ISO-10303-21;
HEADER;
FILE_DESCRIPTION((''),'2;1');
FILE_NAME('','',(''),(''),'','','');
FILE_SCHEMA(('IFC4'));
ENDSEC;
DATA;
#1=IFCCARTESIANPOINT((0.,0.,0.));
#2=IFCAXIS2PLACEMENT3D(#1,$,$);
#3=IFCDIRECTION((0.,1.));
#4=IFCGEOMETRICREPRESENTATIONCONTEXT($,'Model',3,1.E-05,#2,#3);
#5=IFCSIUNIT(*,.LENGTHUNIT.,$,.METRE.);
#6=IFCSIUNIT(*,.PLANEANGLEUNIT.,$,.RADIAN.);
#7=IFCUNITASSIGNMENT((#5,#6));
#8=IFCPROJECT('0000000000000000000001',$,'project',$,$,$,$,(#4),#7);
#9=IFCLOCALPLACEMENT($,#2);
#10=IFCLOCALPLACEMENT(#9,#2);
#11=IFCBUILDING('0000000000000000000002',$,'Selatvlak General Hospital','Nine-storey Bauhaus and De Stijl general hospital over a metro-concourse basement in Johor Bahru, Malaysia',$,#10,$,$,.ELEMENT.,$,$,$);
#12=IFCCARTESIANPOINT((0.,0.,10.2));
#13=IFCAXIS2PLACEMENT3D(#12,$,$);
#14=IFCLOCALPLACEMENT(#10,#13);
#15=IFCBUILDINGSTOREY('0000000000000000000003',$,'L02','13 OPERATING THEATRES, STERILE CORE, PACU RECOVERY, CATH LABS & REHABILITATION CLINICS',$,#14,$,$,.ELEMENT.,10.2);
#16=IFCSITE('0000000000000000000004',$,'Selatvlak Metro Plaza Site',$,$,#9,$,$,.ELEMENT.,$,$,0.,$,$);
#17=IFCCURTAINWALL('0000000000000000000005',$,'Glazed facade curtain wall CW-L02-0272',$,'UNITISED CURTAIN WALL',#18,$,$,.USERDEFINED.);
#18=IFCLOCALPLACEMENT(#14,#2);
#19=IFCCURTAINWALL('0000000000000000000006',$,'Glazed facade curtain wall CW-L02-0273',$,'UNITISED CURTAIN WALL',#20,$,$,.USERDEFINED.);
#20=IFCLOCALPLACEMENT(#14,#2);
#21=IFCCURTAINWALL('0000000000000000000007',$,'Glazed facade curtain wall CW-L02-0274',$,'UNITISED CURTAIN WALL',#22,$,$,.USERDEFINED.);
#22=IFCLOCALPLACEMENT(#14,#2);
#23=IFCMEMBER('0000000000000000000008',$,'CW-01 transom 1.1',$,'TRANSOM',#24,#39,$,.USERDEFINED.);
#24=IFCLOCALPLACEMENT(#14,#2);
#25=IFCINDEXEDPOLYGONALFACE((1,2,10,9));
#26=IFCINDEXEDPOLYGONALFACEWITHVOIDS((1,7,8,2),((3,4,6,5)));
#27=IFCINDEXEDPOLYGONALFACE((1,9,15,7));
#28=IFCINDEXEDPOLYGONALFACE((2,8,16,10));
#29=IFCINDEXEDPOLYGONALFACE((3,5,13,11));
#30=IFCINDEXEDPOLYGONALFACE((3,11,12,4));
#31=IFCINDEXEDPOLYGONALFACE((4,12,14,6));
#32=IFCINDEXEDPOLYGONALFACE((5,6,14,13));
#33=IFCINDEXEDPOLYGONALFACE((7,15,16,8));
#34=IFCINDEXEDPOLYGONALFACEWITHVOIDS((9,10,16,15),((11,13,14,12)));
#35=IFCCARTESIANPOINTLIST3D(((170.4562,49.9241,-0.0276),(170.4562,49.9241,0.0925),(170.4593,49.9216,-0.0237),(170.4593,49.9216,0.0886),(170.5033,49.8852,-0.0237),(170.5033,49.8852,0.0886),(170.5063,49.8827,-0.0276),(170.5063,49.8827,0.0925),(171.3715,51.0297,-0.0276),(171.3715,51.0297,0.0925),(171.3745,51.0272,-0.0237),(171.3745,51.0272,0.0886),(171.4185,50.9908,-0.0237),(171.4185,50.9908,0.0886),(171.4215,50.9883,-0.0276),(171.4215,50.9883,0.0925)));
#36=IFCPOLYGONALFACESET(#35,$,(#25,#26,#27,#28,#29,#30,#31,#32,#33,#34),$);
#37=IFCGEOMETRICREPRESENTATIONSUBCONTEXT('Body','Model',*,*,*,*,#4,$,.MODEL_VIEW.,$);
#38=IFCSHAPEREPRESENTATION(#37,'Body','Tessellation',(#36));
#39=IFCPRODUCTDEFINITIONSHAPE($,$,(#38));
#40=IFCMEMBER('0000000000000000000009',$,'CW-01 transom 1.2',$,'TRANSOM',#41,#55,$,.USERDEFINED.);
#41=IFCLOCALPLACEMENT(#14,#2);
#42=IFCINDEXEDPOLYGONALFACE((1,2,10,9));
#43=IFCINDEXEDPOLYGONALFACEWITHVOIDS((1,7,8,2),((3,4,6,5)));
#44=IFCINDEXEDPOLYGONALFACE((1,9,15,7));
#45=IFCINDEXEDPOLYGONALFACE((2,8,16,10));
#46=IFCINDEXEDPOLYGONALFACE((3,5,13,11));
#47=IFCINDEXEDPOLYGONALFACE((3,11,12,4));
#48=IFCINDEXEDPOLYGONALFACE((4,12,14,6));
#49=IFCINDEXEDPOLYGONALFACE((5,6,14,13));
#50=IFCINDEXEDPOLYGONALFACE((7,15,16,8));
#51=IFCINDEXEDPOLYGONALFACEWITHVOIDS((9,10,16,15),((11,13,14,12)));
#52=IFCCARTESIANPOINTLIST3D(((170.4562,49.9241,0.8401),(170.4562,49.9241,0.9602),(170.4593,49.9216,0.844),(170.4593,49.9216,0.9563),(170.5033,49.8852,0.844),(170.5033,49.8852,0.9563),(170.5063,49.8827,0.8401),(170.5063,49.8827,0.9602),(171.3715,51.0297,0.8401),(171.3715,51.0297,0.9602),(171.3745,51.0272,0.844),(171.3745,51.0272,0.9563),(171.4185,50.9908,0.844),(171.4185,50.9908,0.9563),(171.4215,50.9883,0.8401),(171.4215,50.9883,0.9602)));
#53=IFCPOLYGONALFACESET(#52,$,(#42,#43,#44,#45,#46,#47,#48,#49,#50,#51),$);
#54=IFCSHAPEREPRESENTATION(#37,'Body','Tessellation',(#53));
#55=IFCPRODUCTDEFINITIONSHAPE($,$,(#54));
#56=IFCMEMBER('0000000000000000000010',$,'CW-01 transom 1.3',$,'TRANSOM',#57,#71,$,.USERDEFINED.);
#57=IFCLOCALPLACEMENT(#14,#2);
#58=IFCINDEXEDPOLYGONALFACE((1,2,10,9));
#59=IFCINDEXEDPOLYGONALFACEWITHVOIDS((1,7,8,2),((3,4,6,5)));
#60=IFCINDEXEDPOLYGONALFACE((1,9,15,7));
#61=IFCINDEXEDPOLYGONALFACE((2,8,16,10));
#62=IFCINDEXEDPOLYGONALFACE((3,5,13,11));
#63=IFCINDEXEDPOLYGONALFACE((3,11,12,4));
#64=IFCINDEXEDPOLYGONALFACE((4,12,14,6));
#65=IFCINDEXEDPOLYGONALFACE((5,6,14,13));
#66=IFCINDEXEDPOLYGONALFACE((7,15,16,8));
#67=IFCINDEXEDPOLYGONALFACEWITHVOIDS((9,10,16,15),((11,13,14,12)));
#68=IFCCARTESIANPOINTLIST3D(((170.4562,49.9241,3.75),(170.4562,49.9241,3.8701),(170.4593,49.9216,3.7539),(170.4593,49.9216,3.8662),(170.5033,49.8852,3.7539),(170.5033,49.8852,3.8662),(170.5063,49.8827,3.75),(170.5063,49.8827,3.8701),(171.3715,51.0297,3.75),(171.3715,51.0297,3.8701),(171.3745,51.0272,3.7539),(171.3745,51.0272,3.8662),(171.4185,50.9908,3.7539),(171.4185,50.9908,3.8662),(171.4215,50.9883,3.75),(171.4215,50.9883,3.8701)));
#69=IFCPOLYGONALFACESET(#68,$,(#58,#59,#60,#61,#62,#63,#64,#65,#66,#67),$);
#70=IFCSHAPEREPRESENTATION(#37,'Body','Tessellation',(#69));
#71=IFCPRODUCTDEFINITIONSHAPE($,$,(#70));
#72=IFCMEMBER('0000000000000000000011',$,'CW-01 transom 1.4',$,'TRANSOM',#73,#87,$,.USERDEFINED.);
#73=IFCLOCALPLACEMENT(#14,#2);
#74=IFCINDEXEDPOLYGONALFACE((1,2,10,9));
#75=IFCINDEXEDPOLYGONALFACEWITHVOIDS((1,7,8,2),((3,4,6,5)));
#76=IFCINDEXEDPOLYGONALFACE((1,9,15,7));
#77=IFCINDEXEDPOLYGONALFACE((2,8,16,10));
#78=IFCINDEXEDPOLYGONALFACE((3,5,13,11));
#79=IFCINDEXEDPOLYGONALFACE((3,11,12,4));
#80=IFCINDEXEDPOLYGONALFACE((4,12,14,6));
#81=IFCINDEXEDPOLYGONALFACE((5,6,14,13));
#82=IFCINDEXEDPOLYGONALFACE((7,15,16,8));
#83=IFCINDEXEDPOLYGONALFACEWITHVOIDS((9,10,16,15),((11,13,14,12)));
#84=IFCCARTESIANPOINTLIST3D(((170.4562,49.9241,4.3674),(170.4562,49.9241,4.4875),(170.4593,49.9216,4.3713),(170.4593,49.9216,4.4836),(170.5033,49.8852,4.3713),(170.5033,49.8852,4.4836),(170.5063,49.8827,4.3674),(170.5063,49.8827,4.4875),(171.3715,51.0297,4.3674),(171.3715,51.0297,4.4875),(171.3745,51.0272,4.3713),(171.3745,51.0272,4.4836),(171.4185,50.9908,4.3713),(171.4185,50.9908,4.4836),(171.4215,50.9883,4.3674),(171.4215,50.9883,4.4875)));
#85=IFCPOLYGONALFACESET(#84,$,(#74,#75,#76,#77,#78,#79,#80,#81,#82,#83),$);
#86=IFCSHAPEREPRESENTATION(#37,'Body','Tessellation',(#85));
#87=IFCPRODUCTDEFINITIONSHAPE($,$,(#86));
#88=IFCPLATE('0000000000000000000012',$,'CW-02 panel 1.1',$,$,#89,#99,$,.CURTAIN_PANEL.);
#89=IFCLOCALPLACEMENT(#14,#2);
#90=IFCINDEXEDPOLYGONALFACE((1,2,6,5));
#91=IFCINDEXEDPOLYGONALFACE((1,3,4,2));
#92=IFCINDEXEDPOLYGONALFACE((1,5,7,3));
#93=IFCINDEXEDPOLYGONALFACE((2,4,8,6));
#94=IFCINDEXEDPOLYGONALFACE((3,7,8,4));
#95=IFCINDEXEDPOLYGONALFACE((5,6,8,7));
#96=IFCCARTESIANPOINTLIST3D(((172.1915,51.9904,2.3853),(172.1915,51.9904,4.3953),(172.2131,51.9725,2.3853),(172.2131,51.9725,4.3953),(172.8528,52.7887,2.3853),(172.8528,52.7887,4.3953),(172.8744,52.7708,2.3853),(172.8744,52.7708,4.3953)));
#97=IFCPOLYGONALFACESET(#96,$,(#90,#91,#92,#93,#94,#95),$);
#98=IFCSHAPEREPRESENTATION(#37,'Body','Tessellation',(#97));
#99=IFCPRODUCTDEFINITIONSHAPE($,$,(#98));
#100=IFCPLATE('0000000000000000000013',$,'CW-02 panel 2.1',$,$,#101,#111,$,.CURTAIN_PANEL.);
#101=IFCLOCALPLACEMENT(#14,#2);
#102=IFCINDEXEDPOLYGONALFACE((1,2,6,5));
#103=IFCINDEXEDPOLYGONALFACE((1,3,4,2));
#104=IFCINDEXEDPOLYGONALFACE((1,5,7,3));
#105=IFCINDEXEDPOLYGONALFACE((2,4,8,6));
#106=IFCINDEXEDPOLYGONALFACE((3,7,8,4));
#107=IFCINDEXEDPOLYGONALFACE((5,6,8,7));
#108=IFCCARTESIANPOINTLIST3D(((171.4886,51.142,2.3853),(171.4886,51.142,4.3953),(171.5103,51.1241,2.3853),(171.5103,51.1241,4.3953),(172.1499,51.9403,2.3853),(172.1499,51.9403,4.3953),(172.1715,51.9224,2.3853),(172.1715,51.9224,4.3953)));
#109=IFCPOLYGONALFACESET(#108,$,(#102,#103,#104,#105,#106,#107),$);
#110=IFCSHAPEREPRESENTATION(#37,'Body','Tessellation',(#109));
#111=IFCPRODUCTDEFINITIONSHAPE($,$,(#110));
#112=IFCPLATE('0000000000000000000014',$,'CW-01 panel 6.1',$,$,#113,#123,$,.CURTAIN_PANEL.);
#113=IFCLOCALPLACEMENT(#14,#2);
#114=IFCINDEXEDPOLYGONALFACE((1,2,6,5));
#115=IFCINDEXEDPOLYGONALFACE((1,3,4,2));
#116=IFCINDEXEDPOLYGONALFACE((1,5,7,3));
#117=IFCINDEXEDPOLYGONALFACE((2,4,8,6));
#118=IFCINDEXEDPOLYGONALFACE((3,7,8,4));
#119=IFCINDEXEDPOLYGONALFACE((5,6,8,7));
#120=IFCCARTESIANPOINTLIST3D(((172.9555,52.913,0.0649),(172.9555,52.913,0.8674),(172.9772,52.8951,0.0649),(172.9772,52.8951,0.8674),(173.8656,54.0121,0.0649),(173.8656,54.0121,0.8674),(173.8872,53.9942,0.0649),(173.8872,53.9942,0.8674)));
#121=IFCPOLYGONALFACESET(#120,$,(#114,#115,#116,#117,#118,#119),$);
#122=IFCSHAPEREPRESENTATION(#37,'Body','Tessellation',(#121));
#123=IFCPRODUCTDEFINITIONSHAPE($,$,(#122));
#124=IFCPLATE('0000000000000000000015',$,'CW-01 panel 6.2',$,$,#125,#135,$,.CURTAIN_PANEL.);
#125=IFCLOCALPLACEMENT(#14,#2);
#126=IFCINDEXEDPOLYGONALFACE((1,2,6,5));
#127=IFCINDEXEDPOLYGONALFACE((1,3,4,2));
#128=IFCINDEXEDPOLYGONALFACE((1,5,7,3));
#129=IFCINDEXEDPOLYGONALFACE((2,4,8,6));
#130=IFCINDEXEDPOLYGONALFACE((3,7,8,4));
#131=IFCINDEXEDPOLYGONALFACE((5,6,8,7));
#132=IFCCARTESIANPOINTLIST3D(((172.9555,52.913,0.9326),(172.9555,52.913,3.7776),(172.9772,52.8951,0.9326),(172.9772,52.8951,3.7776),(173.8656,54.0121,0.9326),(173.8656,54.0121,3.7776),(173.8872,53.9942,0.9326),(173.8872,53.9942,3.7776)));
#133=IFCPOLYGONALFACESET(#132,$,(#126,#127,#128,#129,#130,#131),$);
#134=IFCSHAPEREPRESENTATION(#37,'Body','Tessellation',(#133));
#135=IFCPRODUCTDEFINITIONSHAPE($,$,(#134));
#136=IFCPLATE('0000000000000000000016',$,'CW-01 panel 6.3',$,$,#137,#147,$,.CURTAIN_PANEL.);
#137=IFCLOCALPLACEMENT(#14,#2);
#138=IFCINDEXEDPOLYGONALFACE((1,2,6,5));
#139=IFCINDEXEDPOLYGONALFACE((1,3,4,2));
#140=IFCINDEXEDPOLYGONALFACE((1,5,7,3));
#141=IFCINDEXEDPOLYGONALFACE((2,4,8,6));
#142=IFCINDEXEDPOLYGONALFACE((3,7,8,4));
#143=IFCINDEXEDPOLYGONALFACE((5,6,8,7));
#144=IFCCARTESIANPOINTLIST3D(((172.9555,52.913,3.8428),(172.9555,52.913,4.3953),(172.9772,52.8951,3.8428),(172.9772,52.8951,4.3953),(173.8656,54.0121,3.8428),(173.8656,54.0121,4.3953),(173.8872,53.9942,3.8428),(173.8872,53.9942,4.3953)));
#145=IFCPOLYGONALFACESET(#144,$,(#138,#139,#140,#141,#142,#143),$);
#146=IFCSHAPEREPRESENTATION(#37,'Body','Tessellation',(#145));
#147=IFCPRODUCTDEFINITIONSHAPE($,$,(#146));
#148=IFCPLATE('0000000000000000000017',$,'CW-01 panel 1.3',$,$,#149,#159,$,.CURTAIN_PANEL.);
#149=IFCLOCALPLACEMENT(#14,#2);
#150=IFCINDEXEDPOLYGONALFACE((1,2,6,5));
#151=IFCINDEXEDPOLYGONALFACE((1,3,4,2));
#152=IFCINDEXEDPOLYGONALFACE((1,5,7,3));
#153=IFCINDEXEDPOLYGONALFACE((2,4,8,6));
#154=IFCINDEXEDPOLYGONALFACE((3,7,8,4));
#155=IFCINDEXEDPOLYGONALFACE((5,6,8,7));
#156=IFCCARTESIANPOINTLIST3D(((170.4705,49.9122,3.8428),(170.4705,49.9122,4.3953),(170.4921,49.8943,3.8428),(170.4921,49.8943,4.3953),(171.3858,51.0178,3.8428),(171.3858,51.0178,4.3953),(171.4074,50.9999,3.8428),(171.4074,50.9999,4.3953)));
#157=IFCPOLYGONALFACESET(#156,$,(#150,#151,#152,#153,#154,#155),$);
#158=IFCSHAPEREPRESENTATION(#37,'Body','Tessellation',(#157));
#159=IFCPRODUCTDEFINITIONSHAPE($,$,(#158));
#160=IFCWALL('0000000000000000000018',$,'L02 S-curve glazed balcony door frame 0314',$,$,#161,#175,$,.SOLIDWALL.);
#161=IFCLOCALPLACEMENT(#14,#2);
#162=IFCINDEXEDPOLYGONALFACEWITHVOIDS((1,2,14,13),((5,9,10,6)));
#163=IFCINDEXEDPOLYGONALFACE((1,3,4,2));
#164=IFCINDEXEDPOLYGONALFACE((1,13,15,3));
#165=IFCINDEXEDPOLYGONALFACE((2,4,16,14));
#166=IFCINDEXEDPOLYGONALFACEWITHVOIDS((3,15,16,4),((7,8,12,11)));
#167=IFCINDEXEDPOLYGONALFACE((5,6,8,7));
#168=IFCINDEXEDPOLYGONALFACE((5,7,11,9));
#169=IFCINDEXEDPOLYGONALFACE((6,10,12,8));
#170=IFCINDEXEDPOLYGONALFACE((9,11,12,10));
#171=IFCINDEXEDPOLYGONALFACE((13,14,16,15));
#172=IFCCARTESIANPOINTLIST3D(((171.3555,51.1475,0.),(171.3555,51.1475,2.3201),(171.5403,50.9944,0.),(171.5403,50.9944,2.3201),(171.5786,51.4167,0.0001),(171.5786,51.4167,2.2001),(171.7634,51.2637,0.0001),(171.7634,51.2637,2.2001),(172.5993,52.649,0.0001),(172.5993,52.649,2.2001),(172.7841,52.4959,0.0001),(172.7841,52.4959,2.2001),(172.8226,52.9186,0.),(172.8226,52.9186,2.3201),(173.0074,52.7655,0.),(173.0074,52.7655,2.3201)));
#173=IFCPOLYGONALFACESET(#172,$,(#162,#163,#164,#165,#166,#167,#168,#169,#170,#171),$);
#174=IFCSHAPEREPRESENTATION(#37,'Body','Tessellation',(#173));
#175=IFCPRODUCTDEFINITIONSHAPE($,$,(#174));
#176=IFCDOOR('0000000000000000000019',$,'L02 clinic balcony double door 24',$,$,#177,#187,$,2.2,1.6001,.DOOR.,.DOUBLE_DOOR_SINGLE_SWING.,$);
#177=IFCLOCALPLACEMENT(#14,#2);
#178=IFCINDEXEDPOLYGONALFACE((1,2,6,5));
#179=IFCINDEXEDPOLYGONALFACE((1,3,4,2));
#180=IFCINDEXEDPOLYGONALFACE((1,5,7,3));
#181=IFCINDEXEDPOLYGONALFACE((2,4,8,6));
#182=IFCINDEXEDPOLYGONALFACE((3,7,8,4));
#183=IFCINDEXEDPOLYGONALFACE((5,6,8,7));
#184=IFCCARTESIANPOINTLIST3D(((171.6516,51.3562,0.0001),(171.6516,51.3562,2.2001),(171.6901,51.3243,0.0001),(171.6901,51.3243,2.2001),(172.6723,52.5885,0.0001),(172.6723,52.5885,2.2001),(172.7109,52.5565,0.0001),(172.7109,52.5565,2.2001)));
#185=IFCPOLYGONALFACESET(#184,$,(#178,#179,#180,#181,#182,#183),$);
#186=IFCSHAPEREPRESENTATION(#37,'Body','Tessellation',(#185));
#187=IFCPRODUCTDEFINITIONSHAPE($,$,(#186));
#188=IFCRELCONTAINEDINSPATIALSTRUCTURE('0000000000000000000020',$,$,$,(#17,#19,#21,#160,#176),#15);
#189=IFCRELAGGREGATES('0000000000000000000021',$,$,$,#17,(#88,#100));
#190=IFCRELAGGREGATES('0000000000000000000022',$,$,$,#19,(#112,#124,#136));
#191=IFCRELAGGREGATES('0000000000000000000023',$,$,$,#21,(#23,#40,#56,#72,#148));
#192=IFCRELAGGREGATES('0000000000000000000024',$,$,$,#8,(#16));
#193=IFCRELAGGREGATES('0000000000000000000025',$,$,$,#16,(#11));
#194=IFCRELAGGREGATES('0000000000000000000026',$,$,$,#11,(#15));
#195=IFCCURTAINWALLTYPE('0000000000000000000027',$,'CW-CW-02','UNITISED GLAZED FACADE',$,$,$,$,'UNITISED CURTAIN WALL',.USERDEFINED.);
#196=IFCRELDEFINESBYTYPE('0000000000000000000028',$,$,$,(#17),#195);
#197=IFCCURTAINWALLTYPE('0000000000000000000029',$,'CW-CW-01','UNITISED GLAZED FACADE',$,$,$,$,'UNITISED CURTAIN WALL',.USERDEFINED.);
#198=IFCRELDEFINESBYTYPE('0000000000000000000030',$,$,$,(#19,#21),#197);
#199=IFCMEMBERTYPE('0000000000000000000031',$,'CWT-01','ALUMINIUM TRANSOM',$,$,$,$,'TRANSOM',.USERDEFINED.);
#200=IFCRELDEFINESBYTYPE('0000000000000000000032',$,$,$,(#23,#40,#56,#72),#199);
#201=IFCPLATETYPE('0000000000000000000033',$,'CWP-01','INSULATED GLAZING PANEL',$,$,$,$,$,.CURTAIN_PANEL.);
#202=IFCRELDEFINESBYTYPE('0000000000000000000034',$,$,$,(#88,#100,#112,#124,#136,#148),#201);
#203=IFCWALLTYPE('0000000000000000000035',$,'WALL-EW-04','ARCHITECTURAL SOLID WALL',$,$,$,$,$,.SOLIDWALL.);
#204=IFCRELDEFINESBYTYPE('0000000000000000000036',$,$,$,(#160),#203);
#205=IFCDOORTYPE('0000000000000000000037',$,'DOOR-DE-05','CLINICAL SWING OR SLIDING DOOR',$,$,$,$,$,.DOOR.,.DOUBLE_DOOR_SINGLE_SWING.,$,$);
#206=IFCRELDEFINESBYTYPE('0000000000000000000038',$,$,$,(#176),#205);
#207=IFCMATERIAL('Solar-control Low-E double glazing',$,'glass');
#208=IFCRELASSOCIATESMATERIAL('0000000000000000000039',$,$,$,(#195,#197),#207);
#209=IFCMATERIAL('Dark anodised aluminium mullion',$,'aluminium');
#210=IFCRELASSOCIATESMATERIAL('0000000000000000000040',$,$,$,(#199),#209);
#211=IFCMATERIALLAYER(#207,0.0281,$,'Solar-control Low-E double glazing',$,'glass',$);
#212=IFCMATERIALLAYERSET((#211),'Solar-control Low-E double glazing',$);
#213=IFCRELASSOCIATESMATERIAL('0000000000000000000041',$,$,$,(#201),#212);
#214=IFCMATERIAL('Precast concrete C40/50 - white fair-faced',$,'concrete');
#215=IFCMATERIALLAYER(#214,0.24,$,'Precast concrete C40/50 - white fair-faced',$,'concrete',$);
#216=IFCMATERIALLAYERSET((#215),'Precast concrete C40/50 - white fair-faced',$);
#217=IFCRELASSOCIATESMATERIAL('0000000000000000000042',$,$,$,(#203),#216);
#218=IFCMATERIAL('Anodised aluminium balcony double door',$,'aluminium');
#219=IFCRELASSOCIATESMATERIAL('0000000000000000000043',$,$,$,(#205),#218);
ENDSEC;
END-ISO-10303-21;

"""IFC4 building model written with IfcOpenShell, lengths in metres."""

from ifc_helpers import new_model, si_unit, direction, frame, frame_2d, origin, origin_2d, place, context, subcontext, project, spatial, rectangle, hollow_rectangle, extrude, material, layer, layer_set, material_profile, profile_set, type_object, element, fill, aggregate, save


model = new_model("IFC4")

# Units and contexts
model_context = context("Model", 3, precision=1e-05, world=origin(), true_north=direction((0.0, 1.0)))
body_context = subcontext(model_context, "Body", "Model", "MODEL_VIEW")
ifc_project = project(units=[si_unit("LENGTHUNIT", "METRE"), si_unit("PLANEANGLEUNIT", "RADIAN")], contexts=[model_context])

# Site, building, storey
site_placement = place(None, origin())
site = spatial("IfcSite", under=ifc_project, at=site_placement, Name="Selatvlak Metro Plaza Site", CompositionType="ELEMENT", RefElevation=0.0)
building_placement = place(site_placement, origin())
building = spatial("IfcBuilding", under=site, at=building_placement, Name="Selatvlak General Hospital", Description="Nine-storey Bauhaus and De Stijl general hospital over a metro-concourse basement in Johor Bahru, Malaysia", CompositionType="ELEMENT")
storey_placement = place(building_placement, frame((0.0, 0.0, 10.2)))
storey = spatial("IfcBuildingStorey", under=building, at=storey_placement, Name="L02", Description="13 OPERATING THEATRES, STERILE CORE, PACU RECOVERY, CATH LABS & REHABILITATION CLINICS", CompositionType="ELEMENT", Elevation=10.2)

# Curtain wall
ifc_material_1 = material(Name="Solar-control Low-E double glazing", Category="glass")
curtain_wall_type_1 = type_object("IfcCurtainWallType", Name="CW-CW-02", Description="UNITISED GLAZED FACADE", ElementType="UNITISED CURTAIN WALL", PredefinedType="USERDEFINED", material=ifc_material_1)
curtain_wall_1_placement = place(storey_placement, origin())
curtain_wall_1 = element("IfcCurtainWall", 1, at=curtain_wall_1_placement, inside=storey, type_object=curtain_wall_type_1, Name="Glazed facade curtain wall CW-L02-0272", ObjectType="UNITISED CURTAIN WALL", PredefinedType="USERDEFINED")
ifc_material_2 = material(Name="Dark anodised aluminium mullion", Category="aluminium")

# Curtain walls
curtain_wall_type_2 = type_object("IfcCurtainWallType", Name="CW-CW-01", Description="UNITISED GLAZED FACADE", ElementType="UNITISED CURTAIN WALL", PredefinedType="USERDEFINED", material=ifc_material_1)
curtain_wall_2_placement = place(storey_placement, origin())
curtain_wall_2 = element("IfcCurtainWall", 2, at=curtain_wall_2_placement, inside=storey, type_object=curtain_wall_type_2, Name="Glazed facade curtain wall CW-L02-0273", ObjectType="UNITISED CURTAIN WALL", PredefinedType="USERDEFINED")
curtain_wall_3_placement = place(storey_placement, origin())
curtain_wall_3 = element("IfcCurtainWall", 3, at=curtain_wall_3_placement, inside=storey, type_object=curtain_wall_type_2, Name="Glazed facade curtain wall CW-L02-0274", ObjectType="UNITISED CURTAIN WALL", PredefinedType="USERDEFINED")

# Members
ifc_material_profile_1 = material_profile(ifc_material_2, hollow_rectangle(XDim=0.0649, YDim=0.1201, WallThickness=0.0039, at=origin_2d()), Name="AL-TRN 65x120x4")
ifc_profile_set_1 = profile_set([ifc_material_profile_1], Name="Dark anodised aluminium mullion")
member_type_1 = type_object("IfcMemberType", Name="CWT-01", Description="ALUMINIUM TRANSOM", ElementType="TRANSOM", PredefinedType="USERDEFINED", material=ifc_profile_set_1)
member_1_placement = place(storey_placement, frame((171.3965, 51.009, 0.0325), z_axis=(-0.637655, -0.770322, 0.0), x_axis=(0.770322, -0.637655, 0.0)))
member_1 = element("IfcMember", 4, at=member_1_placement, type_object=member_type_1, Name="CW-01 transom 1.1", ObjectType="TRANSOM", PredefinedType="USERDEFINED", context=body_context, shape_type="SweptSolid", body=[
    extrude(hollow_rectangle(XDim=0.0649, YDim=0.1201, WallThickness=0.0039, at=origin_2d()), origin(), (0.0, 0.0, 1.0), 1.4353),
])
member_2_placement = place(storey_placement, frame((171.3965, 51.009, 0.9001), z_axis=(-0.637655, -0.770322, 0.0), x_axis=(0.770322, -0.637655, 0.0)))
member_2 = element("IfcMember", 5, at=member_2_placement, type_object=member_type_1, Name="CW-01 transom 1.2", ObjectType="TRANSOM", PredefinedType="USERDEFINED", context=body_context, shape_type="SweptSolid", body=[
    extrude(hollow_rectangle(XDim=0.0649, YDim=0.1201, WallThickness=0.0039, at=origin_2d()), origin(), (0.0, 0.0, 1.0), 1.4353),
])
member_3_placement = place(storey_placement, frame((171.3965, 51.009, 3.8101), z_axis=(-0.637655, -0.770322, 0.0), x_axis=(0.770322, -0.637655, 0.0)))
member_3 = element("IfcMember", 6, at=member_3_placement, type_object=member_type_1, Name="CW-01 transom 1.3", ObjectType="TRANSOM", PredefinedType="USERDEFINED", context=body_context, shape_type="SweptSolid", body=[
    extrude(hollow_rectangle(XDim=0.0649, YDim=0.1201, WallThickness=0.0039, at=origin_2d()), origin(), (0.0, 0.0, 1.0), 1.4353),
])
member_4_placement = place(storey_placement, frame((171.3965, 51.009, 4.4275), z_axis=(-0.637655, -0.770322, 0.0), x_axis=(0.770322, -0.637655, 0.0)))
member_4 = element("IfcMember", 7, at=member_4_placement, type_object=member_type_1, Name="CW-01 transom 1.4", ObjectType="TRANSOM", PredefinedType="USERDEFINED", context=body_context, shape_type="SweptSolid", body=[
    extrude(hollow_rectangle(XDim=0.0649, YDim=0.1201, WallThickness=0.0039, at=origin_2d()), origin(), (0.0, 0.0, 1.0), 1.4353),
])

# Plates
ifc_layer_1 = layer(ifc_material_1, 0.0281, Name="Solar-control Low-E double glazing", Category="glass")
ifc_layer_set_1 = layer_set([ifc_layer_1], Name="Solar-control Low-E double glazing")
plate_type = type_object("IfcPlateType", Name="CWP-01", Description="INSULATED GLAZING PANEL", PredefinedType="CURTAIN_PANEL", material=ifc_layer_set_1)
plate_1_placement = place(storey_placement, frame((172.533, 52.3806, 2.3853), z_axis=(0.0, 0.0, 1.0), x_axis=(-0.637883, -0.770133, 0.0)))
plate_1 = element("IfcPlate", 8, at=plate_1_placement, type_object=plate_type, Name="CW-02 panel 1.1", PredefinedType="CURTAIN_PANEL", context=body_context, shape_type="SweptSolid", body=[
    extrude(rectangle(XDim=1.0366, YDim=0.0281, at=origin_2d()), origin(), (0.0, 0.0, 1.0), 2.01),
])
plate_2_placement = place(storey_placement, frame((171.8301, 51.5322, 2.3853), z_axis=(0.0, 0.0, 1.0), x_axis=(-0.637883, -0.770133, 0.0)))
plate_2 = element("IfcPlate", 9, at=plate_2_placement, type_object=plate_type, Name="CW-02 panel 2.1", PredefinedType="CURTAIN_PANEL", context=body_context, shape_type="SweptSolid", body=[
    extrude(rectangle(XDim=1.0366, YDim=0.0281, at=origin_2d()), origin(), (0.0, 0.0, 1.0), 2.01),
])
aggregate(curtain_wall_1, [plate_1, plate_2])
plate_3_placement = place(storey_placement, frame((173.4214, 53.4536, 0.0649), z_axis=(0.0, 0.0, 1.0), x_axis=(-0.63774, -0.770252, 0.0)))
plate_3 = element("IfcPlate", 10, at=plate_3_placement, type_object=plate_type, Name="CW-01 panel 6.1", PredefinedType="CURTAIN_PANEL", context=body_context, shape_type="SweptSolid", body=[
    extrude(rectangle(XDim=1.427, YDim=0.0281, at=origin_2d()), origin(), (0.0, 0.0, 1.0), 0.8025),
])
plate_4_placement = place(storey_placement, frame((173.4214, 53.4536, 0.9326), z_axis=(0.0, 0.0, 1.0), x_axis=(-0.63774, -0.770252, 0.0)))
plate_4 = element("IfcPlate", 11, at=plate_4_placement, type_object=plate_type, Name="CW-01 panel 6.2", PredefinedType="CURTAIN_PANEL", context=body_context, shape_type="SweptSolid", body=[
    extrude(rectangle(XDim=1.427, YDim=0.0281, at=origin_2d()), origin(), (0.0, 0.0, 1.0), 2.845),
])
plate_5_placement = place(storey_placement, frame((173.4214, 53.4536, 3.8428), z_axis=(0.0, 0.0, 1.0), x_axis=(-0.63774, -0.770252, 0.0)))
plate_5 = element("IfcPlate", 12, at=plate_5_placement, type_object=plate_type, Name="CW-01 panel 6.3", PredefinedType="CURTAIN_PANEL", context=body_context, shape_type="SweptSolid", body=[
    extrude(rectangle(XDim=1.427, YDim=0.0281, at=origin_2d()), origin(), (0.0, 0.0, 1.0), 0.5525),
])
aggregate(curtain_wall_2, [plate_3, plate_4, plate_5])
plate_6_placement = place(storey_placement, frame((170.939, 50.4561, 3.8428), z_axis=(0.0, 0.0, 1.0), x_axis=(-0.637721, -0.770267, 0.0)))
plate_6 = element("IfcPlate", 13, at=plate_6_placement, type_object=plate_type, Name="CW-01 panel 1.3", PredefinedType="CURTAIN_PANEL", context=body_context, shape_type="SweptSolid", body=[
    extrude(rectangle(XDim=1.4353, YDim=0.0281, at=origin_2d()), origin(), (0.0, 0.0, 1.0), 0.5525),
])
aggregate(curtain_wall_3, [member_1, member_2, member_3, member_4, plate_6])

# Wall, opening, door
ifc_material_3 = material(Name="Precast concrete C40/50 - white fair-faced", Category="concrete")
ifc_layer_2 = layer(ifc_material_3, 0.24, Name="Precast concrete C40/50 - white fair-faced", Category="concrete")
ifc_layer_set_2 = layer_set([ifc_layer_2], Name="Precast concrete C40/50 - white fair-faced")
wall_type_1 = type_object("IfcWallType", Name="WALL-EW-04", Description="ARCHITECTURAL SOLID WALL", PredefinedType="SOLIDWALL", material=ifc_layer_set_2)
wall_1_placement = place(storey_placement, frame((172.915, 52.842, 0.0), z_axis=(0.0, 0.0, 1.0), x_axis=(-0.637926, -0.770098, 0.0)))
wall_1 = element("IfcWall", 14, at=wall_1_placement, inside=storey, type_object=wall_type_1, Name="L02 S-curve glazed balcony door frame 0314", PredefinedType="SOLIDWALL", context=body_context, shape_type="SweptSolid", body=[
    extrude(rectangle(XDim=2.2998, YDim=0.24, at=frame_2d((1.1499, 0.0))), origin(), (0.0, 0.0, 1.0), 2.3201),
])
opening_1_placement = place(wall_1_placement, frame((0.3501, 0.0, 0.0)))
opening_1 = element("IfcOpeningElement", 15, at=opening_1_placement, cuts=wall_1, PredefinedType="OPENING", context=body_context, shape_type="SweptSolid", body=[
    extrude(rectangle(XDim=1.6001, YDim=2.2, at=frame_2d((0.8, 1.1001))), frame((0.0, 0.1299, 0.0), z_axis=(0.0, -1.0, 0.0), x_axis=(1.0, 0.0, 0.0)), (0.0, 0.0, 1.0), 0.26),
])
ifc_material_4 = material(Name="Anodised aluminium balcony double door", Category="aluminium")
door_type_1 = type_object("IfcDoorType", Name="DOOR-DE-05", Description="CLINICAL SWING OR SLIDING DOOR", OperationType="DOUBLE_DOOR_SINGLE_SWING", PredefinedType="DOOR", material=ifc_material_4)
door_1_placement = place(opening_1_placement, origin())
door_1 = element("IfcDoor", 16, at=door_1_placement, inside=storey, type_object=door_type_1, Name="L02 clinic balcony double door 24", OperationType="DOUBLE_DOOR_SINGLE_SWING", OverallHeight=2.2, OverallWidth=1.6001, PredefinedType="DOOR", context=body_context, shape_type="SweptSolid", body=[
    extrude(rectangle(XDim=1.6001, YDim=2.2, at=frame_2d((0.8, 1.1001))), frame((0.0, 0.0249, 0.0), z_axis=(0.0, -1.0, 0.0), x_axis=(1.0, 0.0, 0.0)), (0.0, 0.0, 1.0), 0.05),
])
fill(opening_1, door_1)

save(model, "model.ifc")
